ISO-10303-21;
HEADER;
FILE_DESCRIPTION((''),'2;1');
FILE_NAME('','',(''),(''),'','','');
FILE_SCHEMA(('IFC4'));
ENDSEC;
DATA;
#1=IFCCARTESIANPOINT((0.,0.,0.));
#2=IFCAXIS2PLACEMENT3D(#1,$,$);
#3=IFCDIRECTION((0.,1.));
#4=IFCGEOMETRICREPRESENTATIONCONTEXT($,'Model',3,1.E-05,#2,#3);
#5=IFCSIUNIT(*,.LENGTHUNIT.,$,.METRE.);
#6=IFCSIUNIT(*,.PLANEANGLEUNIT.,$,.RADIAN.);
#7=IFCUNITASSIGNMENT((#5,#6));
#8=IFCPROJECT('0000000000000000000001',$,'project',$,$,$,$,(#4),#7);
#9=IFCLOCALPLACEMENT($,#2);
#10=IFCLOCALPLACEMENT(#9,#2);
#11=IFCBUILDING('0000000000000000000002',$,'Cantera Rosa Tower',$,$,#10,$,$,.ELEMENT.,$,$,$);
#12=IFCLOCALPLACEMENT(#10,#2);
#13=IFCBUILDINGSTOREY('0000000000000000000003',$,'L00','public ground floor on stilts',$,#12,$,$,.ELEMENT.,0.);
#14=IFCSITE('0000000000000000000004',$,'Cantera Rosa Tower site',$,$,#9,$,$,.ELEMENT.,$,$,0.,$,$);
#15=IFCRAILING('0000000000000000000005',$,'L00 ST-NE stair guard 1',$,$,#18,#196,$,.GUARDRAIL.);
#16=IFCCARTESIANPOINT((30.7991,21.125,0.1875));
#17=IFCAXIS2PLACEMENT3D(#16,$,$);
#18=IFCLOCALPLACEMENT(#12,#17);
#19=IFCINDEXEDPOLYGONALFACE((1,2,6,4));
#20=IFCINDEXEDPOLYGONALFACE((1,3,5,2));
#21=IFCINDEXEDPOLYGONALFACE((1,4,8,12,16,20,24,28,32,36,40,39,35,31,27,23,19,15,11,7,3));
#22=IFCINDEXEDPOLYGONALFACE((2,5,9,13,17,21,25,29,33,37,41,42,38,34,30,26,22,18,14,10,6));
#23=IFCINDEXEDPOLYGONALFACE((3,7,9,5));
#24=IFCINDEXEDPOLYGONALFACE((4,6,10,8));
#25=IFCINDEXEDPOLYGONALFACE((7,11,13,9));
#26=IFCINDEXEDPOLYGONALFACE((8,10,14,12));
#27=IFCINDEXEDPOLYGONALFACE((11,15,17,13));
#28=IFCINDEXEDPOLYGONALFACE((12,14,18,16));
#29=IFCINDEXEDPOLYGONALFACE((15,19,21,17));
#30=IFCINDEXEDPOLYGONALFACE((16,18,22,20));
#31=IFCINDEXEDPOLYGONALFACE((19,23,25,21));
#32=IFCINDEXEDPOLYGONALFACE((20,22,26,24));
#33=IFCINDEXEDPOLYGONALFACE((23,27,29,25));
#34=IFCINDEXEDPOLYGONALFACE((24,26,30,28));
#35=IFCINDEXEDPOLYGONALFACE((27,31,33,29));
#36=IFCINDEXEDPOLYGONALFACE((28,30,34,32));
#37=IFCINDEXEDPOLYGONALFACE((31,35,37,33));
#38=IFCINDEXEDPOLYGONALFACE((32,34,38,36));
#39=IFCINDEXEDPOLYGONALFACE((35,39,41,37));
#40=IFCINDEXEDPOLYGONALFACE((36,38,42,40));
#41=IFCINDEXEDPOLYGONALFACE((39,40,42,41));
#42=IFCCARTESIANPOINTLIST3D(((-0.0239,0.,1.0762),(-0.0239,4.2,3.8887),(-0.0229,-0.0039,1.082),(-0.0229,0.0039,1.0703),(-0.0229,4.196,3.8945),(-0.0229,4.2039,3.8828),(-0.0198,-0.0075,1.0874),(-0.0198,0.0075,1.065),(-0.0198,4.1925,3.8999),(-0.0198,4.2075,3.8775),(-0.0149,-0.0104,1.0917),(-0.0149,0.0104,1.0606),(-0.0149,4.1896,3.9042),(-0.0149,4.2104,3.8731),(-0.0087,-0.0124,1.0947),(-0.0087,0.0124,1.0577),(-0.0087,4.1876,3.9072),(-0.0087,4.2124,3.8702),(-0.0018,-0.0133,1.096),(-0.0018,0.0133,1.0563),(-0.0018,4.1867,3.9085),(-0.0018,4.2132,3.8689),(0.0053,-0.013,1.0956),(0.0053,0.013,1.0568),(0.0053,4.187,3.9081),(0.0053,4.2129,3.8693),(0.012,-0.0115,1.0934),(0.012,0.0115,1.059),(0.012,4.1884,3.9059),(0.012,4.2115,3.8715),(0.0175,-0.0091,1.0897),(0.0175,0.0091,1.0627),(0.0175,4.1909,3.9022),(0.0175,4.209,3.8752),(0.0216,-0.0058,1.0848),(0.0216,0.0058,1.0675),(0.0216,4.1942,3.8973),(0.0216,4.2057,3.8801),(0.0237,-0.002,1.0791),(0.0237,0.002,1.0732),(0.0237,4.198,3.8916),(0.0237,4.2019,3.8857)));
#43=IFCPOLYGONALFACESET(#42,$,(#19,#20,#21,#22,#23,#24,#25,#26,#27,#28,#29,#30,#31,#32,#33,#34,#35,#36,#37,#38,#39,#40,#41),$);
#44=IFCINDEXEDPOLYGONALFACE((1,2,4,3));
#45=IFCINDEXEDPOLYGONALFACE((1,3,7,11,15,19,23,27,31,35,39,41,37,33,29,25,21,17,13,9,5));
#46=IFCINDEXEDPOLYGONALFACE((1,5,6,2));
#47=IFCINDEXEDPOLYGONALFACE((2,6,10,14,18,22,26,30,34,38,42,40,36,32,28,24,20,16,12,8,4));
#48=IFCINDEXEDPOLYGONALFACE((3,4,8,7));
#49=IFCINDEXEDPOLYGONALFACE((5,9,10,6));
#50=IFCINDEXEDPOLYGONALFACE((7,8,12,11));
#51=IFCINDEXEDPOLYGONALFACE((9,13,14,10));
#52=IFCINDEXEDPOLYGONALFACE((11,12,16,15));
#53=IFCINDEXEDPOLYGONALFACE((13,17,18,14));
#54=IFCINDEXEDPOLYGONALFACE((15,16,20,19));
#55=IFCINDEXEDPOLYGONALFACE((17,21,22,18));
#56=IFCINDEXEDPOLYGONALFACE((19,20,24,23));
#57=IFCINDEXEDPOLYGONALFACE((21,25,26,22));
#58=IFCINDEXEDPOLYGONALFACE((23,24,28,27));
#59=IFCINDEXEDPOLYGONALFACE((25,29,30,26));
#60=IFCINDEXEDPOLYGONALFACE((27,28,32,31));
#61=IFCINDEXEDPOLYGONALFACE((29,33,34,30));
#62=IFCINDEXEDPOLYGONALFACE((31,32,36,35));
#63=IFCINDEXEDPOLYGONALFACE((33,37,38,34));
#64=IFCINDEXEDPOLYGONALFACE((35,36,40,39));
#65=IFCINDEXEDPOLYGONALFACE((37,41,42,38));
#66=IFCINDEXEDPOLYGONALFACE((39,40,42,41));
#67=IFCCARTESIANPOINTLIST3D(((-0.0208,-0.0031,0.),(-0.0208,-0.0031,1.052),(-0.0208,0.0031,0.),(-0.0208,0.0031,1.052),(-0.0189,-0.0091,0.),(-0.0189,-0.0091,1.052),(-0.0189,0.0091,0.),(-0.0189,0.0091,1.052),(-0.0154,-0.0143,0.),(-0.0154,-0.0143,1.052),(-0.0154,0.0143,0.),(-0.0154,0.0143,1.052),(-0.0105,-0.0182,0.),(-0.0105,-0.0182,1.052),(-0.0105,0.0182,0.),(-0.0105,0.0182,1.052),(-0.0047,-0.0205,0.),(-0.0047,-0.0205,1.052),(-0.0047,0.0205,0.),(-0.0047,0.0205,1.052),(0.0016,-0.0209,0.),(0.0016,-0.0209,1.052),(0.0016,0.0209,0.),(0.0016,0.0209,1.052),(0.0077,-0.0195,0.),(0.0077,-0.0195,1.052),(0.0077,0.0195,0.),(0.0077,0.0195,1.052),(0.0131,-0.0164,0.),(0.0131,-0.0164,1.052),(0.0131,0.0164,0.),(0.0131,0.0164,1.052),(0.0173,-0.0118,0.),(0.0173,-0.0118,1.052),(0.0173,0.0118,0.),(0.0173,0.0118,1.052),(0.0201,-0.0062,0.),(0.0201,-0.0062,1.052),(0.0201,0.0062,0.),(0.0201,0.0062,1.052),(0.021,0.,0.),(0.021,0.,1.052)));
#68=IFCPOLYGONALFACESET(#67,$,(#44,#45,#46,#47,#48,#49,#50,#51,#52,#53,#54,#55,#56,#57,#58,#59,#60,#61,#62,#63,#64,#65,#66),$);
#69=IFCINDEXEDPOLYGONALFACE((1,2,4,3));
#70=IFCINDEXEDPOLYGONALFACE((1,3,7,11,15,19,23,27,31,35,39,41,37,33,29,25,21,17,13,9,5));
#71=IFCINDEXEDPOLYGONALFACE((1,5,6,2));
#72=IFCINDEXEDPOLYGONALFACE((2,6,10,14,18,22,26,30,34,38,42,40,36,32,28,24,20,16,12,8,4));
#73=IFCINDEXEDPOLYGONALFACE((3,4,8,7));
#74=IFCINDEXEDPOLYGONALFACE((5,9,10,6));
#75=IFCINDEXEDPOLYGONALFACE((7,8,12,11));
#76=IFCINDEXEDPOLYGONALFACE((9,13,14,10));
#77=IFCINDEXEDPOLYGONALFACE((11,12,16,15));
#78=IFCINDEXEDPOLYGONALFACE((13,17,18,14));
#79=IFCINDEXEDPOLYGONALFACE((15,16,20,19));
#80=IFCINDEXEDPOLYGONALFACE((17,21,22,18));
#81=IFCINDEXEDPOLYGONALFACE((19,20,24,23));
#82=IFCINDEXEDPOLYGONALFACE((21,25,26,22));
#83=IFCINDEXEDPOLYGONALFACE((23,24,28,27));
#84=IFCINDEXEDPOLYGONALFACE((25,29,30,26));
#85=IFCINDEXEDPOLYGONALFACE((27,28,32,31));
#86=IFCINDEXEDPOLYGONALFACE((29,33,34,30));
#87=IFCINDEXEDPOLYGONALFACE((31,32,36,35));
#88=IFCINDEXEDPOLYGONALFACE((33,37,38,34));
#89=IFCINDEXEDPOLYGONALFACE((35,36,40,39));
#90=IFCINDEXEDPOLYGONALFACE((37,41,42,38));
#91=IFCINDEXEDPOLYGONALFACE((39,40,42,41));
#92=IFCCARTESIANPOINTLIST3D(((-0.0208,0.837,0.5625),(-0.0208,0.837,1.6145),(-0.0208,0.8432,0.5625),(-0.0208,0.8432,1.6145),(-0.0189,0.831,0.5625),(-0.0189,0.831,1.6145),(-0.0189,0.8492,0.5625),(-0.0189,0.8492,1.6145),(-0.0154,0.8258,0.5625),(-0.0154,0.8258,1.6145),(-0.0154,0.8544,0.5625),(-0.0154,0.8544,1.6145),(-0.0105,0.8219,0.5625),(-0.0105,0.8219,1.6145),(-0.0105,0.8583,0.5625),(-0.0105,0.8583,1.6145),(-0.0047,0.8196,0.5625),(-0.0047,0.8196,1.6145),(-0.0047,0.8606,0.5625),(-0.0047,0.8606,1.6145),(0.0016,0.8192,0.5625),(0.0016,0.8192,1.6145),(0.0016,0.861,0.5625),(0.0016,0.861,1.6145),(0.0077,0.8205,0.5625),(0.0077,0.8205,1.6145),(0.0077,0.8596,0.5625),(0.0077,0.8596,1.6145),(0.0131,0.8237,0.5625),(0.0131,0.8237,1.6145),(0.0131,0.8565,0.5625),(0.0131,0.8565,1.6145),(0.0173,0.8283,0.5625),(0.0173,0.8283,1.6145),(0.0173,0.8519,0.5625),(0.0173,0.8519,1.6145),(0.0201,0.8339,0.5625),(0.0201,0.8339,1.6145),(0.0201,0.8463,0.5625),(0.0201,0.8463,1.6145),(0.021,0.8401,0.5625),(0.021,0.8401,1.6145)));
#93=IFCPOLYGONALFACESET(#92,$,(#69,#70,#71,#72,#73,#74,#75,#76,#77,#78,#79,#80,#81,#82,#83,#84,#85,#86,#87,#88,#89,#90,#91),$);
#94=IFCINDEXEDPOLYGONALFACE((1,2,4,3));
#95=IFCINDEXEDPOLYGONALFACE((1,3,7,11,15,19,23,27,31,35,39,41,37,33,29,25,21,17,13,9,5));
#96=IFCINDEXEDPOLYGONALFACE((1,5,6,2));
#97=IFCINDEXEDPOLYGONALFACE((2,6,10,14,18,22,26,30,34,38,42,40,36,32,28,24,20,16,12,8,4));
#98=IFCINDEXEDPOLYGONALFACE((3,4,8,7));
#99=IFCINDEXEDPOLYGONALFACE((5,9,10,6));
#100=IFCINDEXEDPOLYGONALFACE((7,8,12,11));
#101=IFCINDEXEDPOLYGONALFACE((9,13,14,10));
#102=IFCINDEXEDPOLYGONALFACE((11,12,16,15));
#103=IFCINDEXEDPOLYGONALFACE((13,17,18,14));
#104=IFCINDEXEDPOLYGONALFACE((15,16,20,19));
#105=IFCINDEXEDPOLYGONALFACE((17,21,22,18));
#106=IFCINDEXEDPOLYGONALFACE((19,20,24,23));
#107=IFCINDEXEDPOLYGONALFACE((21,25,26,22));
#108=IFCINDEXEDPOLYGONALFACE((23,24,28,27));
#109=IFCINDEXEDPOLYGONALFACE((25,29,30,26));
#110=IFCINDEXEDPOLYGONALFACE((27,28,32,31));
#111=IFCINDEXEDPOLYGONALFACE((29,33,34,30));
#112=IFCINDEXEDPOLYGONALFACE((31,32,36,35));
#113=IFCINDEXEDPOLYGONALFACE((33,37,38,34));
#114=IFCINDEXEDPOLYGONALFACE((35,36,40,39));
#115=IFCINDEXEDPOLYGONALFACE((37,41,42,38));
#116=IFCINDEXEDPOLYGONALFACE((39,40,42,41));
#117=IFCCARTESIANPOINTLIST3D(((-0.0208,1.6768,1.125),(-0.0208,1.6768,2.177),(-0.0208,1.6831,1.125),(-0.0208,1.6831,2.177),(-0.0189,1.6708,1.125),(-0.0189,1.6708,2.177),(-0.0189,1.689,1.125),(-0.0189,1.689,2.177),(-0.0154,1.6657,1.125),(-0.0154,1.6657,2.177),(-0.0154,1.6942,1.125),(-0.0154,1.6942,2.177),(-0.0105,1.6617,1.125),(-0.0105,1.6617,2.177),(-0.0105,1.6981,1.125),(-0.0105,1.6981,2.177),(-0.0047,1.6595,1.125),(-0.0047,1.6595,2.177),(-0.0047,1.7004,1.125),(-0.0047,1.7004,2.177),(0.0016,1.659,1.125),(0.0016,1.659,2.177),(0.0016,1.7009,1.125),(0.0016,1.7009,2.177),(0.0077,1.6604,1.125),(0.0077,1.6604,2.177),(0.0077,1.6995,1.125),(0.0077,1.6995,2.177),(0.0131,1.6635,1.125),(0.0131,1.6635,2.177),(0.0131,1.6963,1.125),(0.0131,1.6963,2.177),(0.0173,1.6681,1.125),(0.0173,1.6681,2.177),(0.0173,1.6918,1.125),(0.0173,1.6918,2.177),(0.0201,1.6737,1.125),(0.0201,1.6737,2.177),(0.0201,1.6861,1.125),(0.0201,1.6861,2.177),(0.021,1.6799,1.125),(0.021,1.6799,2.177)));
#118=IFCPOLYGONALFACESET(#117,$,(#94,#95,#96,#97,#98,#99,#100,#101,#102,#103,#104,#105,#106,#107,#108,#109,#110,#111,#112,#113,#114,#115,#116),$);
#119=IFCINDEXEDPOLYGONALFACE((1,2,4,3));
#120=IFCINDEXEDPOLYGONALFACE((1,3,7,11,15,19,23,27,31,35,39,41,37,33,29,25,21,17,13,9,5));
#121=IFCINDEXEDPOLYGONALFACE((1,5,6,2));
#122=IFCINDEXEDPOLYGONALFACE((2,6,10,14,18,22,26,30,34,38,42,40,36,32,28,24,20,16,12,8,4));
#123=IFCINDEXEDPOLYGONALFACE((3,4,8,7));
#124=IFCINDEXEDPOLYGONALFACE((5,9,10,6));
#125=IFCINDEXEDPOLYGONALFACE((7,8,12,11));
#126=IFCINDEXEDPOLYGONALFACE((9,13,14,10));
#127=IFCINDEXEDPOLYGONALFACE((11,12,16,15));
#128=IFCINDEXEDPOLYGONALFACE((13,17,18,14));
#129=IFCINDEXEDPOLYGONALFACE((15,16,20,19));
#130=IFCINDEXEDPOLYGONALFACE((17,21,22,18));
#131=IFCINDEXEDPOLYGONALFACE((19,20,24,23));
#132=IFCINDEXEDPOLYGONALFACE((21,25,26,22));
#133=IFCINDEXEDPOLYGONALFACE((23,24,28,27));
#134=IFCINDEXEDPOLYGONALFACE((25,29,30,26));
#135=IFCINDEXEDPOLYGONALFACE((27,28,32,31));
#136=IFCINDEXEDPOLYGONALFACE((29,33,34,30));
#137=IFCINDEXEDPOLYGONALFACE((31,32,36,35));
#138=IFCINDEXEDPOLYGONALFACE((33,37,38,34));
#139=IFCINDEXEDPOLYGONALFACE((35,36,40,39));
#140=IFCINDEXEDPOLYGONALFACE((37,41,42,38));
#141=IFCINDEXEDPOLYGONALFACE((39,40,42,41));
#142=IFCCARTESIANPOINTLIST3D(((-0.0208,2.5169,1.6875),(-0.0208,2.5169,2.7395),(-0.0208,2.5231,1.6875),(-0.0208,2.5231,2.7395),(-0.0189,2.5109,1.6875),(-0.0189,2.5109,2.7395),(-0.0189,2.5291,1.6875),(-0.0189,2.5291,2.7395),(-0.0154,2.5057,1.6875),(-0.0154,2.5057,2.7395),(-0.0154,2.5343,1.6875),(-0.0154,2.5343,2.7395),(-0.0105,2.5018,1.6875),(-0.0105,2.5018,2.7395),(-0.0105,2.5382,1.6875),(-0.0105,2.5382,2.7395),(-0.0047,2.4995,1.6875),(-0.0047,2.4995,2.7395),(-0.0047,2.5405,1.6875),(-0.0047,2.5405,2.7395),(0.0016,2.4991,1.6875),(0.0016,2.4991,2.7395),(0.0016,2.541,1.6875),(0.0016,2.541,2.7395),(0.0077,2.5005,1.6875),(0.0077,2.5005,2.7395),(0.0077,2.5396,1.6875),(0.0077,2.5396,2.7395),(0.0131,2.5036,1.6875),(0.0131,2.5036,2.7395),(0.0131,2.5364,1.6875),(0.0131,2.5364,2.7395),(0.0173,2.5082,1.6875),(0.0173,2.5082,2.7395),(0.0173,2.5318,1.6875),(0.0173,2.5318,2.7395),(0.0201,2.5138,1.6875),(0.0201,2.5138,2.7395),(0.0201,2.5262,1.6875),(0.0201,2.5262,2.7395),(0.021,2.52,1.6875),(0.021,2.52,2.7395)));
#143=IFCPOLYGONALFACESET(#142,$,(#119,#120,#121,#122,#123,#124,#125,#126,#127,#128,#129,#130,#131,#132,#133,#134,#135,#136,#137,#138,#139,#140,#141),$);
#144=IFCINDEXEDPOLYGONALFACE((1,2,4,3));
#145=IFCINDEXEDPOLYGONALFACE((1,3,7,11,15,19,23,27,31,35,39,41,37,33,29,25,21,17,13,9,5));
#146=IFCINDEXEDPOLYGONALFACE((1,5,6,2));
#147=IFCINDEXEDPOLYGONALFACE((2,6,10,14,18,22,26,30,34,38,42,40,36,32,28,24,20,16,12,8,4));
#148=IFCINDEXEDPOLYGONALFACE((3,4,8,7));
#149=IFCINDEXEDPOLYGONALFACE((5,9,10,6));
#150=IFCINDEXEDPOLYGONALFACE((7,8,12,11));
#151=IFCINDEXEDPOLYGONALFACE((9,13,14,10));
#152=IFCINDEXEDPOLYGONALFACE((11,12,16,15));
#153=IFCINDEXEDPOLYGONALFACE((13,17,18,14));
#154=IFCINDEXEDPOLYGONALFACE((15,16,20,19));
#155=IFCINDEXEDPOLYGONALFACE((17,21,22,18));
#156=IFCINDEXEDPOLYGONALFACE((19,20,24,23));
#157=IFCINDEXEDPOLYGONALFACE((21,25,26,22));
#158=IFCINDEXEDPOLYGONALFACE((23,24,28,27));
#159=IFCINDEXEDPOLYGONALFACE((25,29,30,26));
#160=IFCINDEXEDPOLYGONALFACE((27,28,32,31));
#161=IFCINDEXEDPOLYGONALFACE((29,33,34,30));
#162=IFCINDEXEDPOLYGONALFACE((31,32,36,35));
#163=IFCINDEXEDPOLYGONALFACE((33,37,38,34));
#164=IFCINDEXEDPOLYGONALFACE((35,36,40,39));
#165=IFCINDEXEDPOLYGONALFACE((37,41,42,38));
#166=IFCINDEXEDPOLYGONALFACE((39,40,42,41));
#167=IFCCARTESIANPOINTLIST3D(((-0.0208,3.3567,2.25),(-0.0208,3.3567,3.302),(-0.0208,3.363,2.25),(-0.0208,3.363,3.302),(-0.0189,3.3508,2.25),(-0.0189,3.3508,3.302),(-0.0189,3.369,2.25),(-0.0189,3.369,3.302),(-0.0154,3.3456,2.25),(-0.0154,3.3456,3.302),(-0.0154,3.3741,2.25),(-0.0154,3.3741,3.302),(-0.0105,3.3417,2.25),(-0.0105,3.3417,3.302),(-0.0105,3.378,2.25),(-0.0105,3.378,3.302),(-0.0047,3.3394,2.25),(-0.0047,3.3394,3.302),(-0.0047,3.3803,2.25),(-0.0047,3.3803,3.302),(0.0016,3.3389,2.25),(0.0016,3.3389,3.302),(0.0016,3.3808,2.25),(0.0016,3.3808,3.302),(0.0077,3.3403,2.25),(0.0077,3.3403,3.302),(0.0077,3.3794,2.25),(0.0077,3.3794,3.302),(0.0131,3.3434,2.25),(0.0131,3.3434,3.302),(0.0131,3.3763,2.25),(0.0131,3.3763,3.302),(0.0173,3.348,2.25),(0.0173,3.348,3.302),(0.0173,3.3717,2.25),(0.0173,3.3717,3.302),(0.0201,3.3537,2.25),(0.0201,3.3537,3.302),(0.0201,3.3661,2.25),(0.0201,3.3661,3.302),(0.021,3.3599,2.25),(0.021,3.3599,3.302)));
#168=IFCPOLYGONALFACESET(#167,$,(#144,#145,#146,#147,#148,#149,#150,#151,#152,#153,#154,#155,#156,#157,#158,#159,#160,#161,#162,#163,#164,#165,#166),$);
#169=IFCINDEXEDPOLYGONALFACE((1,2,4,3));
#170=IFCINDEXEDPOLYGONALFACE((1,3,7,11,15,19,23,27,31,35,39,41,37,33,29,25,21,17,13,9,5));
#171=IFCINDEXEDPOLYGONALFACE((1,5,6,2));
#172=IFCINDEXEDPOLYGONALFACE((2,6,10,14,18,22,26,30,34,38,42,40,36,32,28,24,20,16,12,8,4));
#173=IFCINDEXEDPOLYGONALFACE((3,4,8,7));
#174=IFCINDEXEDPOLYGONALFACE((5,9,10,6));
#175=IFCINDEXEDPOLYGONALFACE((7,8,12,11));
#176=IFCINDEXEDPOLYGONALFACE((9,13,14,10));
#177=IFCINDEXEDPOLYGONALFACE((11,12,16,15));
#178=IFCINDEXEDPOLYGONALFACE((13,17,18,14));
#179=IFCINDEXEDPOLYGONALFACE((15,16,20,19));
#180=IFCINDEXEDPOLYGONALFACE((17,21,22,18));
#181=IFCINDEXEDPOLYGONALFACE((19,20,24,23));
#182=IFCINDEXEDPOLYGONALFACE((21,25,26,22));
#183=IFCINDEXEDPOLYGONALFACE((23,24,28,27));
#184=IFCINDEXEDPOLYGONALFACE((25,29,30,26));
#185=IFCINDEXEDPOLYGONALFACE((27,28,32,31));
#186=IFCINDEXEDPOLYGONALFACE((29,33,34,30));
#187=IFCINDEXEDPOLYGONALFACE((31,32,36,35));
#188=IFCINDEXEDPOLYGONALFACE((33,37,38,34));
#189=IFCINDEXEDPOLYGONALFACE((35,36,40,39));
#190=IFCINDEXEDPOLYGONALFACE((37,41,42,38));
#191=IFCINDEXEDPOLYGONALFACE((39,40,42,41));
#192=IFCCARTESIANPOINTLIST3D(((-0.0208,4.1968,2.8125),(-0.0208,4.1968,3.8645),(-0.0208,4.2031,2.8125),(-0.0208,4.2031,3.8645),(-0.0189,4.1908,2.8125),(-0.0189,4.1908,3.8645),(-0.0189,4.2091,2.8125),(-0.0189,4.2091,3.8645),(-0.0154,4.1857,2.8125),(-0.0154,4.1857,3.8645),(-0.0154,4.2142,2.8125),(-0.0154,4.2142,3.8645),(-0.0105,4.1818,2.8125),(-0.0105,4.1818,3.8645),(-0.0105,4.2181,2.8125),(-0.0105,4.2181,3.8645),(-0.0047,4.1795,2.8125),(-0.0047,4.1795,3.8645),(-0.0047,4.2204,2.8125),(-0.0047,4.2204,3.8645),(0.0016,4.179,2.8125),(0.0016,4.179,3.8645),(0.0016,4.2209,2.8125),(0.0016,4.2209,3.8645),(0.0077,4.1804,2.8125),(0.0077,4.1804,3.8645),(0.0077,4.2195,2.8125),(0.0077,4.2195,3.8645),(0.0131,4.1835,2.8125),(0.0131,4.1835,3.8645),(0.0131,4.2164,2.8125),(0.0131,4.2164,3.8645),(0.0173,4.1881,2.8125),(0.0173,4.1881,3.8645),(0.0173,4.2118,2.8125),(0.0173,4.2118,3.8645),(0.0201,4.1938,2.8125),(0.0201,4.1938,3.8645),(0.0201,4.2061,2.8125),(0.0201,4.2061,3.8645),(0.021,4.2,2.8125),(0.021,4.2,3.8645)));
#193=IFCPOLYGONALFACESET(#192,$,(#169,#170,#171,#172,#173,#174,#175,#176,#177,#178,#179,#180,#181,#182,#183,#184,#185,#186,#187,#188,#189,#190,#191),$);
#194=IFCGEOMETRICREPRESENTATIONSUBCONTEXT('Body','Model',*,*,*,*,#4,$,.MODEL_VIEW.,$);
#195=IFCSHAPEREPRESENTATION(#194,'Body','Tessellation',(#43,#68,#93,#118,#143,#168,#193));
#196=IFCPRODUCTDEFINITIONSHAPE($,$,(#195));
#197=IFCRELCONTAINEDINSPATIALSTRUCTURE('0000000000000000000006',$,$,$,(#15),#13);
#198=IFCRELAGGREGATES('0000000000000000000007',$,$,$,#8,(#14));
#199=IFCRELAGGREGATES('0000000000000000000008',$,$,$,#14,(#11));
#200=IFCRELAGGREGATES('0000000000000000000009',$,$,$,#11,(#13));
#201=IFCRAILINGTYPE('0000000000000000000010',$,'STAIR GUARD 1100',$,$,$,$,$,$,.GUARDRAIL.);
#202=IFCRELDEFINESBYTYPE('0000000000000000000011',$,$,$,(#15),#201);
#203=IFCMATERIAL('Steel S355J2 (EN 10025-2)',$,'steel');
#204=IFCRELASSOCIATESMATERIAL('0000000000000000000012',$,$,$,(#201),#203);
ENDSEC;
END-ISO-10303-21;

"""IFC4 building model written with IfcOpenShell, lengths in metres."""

from ifc_helpers import new_model, si_unit, direction, frame, origin, origin_2d, place, context, subcontext, project, spatial, circle, extrude, material, type_object, element, save


model = new_model("IFC4")

# Units and contexts
model_context = context("Model", 3, precision=1e-05, world=origin(), true_north=direction((0.0, 1.0)))
body_context = subcontext(model_context, "Body", "Model", "MODEL_VIEW")
ifc_project = project(units=[si_unit("LENGTHUNIT", "METRE"), si_unit("PLANEANGLEUNIT", "RADIAN")], contexts=[model_context])

# Site, building, storey
site_placement = place(None, origin())
site = spatial("IfcSite", under=ifc_project, at=site_placement, Name="Cantera Rosa Tower site", CompositionType="ELEMENT", RefElevation=0.0)
building_placement = place(site_placement, origin())
building = spatial("IfcBuilding", under=site, at=building_placement, Name="Cantera Rosa Tower", CompositionType="ELEMENT")
storey_placement = place(building_placement, origin())
storey = spatial("IfcBuildingStorey", under=building, at=storey_placement, Name="L00", Description="public ground floor on stilts", CompositionType="ELEMENT", Elevation=0.0)

# Railing
ifc_material_1 = material(Name="Steel S355J2 (EN 10025-2)", Category="steel")
railing_type_1 = type_object("IfcRailingType", Name="STAIR GUARD 1100", PredefinedType="GUARDRAIL", material=ifc_material_1)
railing_1_placement = place(storey_placement, frame((30.7991, 21.125, 0.1875)))
element("IfcRailing", 1, at=railing_1_placement, inside=storey, type_object=railing_type_1, Name="L00 ST-NE stair guard 1", PredefinedType="GUARDRAIL", context=body_context, shape_type="SweptSolid", body=[
    extrude(circle(Radius=0.0239, at=origin_2d()), frame((0.0, 0.0, 1.0762), z_axis=(0.0, 0.830904, 0.556416), x_axis=(-1.0, 0.0, 0.0)), (0.0, 0.0, 1.0), 5.0547),
    extrude(circle(Radius=0.021, at=origin_2d()), origin(), (0.0, 0.0, 1.0), 1.052),
    extrude(circle(Radius=0.021, at=origin_2d()), frame((0.0, 0.8401, 0.5625)), (0.0, 0.0, 1.0), 1.052),
    extrude(circle(Radius=0.021, at=origin_2d()), frame((0.0, 1.6799, 1.125)), (0.0, 0.0, 1.0), 1.052),
    extrude(circle(Radius=0.021, at=origin_2d()), frame((0.0, 2.52, 1.6875)), (0.0, 0.0, 1.0), 1.052),
    extrude(circle(Radius=0.021, at=origin_2d()), frame((0.0, 3.3599, 2.25)), (0.0, 0.0, 1.0), 1.052),
    extrude(circle(Radius=0.021, at=origin_2d()), frame((0.0, 4.2, 2.8125)), (0.0, 0.0, 1.0), 1.052),
])

save(model, "model.ifc")
